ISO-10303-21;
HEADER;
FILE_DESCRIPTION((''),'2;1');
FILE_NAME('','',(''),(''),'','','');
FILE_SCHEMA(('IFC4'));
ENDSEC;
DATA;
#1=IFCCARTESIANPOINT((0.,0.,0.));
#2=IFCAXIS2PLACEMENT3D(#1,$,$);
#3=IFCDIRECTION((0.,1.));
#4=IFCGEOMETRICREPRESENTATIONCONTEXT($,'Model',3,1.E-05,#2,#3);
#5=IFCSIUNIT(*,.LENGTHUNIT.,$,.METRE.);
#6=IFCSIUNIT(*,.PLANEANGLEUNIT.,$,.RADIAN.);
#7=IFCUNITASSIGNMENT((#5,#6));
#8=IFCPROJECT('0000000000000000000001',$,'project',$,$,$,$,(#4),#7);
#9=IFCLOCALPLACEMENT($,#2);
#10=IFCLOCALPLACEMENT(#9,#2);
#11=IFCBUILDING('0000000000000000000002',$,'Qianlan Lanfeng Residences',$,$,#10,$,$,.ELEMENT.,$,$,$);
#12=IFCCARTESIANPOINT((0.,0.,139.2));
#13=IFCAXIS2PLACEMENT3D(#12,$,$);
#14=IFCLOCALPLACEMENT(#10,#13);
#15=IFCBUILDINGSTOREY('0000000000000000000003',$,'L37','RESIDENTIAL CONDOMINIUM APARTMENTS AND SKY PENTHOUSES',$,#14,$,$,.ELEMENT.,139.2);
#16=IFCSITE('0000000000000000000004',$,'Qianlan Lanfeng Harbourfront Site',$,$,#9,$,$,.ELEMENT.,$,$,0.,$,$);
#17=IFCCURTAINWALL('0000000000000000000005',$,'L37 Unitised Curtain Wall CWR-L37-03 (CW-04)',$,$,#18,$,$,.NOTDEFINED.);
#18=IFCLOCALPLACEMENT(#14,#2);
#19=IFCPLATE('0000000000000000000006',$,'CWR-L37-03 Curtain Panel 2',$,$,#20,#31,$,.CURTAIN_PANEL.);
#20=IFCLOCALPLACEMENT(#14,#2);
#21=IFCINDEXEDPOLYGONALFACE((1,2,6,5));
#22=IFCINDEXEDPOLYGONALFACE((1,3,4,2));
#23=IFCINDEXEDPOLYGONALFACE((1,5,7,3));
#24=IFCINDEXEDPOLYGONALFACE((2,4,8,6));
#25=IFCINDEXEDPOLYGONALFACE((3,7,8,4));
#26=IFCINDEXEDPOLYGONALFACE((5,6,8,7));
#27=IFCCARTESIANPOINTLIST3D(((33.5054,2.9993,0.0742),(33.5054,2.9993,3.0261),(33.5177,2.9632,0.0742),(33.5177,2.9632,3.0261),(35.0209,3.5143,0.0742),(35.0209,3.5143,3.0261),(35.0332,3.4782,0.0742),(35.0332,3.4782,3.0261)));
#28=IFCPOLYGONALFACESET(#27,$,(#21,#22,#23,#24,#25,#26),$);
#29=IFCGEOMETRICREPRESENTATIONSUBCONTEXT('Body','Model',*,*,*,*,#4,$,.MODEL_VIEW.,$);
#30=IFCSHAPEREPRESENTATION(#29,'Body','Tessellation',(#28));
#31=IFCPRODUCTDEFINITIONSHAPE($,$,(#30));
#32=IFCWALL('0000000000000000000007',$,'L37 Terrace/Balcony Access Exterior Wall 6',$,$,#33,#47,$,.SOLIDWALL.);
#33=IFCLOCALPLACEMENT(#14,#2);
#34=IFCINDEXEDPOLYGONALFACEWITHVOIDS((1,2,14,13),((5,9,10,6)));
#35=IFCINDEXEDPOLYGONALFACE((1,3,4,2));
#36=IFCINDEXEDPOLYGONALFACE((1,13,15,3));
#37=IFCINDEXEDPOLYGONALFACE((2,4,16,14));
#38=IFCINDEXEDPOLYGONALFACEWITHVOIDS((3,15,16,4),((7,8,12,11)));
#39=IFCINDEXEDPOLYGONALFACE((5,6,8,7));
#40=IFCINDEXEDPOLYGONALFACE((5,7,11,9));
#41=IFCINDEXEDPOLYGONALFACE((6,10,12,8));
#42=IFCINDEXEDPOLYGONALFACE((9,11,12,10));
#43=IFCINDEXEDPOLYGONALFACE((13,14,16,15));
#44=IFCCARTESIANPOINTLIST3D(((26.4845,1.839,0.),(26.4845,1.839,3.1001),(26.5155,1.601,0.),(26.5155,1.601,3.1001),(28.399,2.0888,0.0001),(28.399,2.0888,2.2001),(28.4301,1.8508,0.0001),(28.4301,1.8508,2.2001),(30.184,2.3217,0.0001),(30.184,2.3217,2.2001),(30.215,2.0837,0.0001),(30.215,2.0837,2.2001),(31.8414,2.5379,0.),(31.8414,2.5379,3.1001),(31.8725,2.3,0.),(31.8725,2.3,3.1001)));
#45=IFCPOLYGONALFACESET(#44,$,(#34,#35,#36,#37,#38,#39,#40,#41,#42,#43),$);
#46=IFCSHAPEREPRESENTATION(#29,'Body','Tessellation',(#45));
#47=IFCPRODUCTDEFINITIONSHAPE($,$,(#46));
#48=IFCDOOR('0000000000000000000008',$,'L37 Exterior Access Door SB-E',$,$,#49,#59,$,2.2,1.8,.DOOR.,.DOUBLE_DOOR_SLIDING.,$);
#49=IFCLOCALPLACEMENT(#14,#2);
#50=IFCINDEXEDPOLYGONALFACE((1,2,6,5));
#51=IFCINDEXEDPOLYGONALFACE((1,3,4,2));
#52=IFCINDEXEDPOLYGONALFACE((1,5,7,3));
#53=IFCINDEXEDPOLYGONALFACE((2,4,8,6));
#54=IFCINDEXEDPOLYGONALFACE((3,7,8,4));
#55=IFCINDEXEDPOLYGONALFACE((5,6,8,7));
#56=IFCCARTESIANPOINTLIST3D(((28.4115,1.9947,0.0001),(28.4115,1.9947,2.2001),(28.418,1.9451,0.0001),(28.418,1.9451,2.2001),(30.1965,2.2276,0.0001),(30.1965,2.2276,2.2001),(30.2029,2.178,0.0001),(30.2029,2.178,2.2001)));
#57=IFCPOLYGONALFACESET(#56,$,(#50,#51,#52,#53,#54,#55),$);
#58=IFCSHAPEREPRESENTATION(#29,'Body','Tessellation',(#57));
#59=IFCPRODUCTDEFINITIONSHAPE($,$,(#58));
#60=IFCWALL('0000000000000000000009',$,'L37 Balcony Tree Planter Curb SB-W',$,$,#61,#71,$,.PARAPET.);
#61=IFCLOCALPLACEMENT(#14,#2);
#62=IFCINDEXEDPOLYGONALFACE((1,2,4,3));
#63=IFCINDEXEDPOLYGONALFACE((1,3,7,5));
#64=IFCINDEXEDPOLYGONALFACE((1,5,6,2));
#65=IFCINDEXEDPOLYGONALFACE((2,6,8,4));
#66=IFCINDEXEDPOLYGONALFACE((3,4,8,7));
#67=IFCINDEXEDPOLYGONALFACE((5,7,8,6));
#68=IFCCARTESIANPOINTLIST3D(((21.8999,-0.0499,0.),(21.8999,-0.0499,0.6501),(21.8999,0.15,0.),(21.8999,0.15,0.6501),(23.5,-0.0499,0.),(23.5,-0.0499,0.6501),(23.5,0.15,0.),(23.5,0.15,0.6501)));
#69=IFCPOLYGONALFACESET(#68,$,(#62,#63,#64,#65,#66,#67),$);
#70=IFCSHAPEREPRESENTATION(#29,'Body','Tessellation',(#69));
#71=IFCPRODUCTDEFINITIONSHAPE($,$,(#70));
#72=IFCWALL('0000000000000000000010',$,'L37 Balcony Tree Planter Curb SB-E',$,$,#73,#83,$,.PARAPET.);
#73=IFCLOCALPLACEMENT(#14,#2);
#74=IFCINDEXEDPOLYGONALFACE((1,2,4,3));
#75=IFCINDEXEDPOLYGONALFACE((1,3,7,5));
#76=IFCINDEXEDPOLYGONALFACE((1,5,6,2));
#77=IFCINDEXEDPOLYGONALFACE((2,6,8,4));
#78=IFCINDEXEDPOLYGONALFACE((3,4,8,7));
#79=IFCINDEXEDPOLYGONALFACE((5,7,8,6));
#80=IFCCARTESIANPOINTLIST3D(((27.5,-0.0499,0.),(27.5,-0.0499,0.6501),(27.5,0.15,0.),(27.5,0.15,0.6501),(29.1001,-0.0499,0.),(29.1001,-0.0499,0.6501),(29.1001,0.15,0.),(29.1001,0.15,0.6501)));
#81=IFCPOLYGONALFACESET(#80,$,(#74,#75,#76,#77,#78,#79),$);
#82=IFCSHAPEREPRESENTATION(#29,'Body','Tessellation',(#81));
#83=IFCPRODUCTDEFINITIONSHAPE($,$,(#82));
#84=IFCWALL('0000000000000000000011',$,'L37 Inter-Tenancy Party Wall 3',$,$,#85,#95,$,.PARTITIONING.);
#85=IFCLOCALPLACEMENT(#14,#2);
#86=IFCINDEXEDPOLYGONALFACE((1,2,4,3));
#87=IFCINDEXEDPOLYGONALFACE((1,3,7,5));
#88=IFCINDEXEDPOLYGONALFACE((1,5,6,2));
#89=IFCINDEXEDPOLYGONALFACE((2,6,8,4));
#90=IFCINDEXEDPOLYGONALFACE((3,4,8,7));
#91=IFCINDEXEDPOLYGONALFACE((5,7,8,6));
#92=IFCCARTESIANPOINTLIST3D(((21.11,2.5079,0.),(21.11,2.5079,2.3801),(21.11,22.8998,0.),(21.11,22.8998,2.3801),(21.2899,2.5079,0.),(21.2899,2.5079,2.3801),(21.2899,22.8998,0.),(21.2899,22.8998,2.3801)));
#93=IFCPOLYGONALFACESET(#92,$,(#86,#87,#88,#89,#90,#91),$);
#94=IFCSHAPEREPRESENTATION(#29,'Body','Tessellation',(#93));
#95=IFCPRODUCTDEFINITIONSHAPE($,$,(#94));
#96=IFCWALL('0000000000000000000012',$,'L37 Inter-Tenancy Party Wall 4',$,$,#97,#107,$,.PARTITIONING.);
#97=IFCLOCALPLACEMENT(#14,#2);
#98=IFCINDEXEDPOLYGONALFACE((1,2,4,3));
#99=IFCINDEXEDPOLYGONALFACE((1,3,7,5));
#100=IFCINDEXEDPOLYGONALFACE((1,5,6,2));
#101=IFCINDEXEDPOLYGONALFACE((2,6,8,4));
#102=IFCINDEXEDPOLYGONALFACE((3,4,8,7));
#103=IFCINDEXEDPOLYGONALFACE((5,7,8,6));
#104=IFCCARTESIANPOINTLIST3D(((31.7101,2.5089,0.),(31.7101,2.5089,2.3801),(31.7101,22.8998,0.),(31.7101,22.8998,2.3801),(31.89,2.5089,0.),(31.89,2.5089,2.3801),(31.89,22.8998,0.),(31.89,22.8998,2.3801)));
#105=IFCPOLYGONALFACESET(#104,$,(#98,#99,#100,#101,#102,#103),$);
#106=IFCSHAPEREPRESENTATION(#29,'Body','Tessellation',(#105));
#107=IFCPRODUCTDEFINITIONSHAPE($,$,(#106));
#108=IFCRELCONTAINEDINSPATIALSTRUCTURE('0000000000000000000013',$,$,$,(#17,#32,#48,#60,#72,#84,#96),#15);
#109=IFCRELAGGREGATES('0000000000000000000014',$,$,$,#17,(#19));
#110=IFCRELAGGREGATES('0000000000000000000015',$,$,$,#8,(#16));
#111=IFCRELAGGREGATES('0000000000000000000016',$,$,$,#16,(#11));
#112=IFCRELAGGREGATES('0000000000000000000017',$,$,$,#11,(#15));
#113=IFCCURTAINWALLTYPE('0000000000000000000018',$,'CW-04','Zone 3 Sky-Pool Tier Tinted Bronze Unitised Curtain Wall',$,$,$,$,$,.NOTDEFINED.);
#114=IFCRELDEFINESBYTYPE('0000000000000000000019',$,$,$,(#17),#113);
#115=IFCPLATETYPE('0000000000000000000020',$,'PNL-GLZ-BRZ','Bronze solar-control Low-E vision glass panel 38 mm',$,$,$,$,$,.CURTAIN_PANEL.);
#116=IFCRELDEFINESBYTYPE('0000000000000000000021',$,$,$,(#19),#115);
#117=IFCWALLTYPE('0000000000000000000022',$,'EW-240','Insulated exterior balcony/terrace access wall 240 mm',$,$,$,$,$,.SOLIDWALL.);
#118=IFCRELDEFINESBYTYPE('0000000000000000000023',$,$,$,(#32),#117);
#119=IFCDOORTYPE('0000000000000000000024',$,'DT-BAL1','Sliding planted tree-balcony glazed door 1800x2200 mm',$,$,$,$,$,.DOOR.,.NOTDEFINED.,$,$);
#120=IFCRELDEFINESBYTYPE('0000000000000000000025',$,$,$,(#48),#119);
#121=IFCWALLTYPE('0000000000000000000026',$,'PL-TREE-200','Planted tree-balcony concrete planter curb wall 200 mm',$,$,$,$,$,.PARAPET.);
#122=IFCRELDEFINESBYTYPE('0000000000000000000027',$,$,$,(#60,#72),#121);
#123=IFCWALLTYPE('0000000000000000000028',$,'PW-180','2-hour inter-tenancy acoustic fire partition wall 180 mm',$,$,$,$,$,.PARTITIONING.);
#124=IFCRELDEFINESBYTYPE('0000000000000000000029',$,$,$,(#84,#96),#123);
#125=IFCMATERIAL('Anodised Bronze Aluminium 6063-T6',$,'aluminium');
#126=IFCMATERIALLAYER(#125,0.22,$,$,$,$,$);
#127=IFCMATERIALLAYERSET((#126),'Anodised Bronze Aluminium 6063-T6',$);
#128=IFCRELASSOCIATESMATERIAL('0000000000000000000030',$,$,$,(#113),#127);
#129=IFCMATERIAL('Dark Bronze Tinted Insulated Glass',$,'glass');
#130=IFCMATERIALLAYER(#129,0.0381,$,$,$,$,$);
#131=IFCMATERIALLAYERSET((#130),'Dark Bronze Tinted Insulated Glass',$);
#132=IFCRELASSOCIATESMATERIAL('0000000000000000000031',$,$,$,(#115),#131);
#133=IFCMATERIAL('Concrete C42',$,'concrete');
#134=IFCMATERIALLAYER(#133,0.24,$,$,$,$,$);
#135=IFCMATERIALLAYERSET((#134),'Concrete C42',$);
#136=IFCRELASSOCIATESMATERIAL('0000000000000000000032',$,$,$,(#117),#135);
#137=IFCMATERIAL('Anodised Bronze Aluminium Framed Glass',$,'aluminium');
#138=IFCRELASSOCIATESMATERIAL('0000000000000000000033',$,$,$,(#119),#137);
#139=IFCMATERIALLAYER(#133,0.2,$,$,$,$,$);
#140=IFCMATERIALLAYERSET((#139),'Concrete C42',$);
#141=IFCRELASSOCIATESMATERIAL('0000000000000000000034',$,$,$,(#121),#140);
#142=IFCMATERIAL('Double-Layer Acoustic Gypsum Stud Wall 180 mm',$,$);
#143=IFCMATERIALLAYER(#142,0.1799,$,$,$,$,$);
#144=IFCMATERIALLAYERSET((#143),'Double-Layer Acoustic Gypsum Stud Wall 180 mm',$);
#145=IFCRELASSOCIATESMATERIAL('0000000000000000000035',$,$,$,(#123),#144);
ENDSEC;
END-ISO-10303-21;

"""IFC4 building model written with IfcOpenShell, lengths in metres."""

from ifc_helpers import new_model, si_unit, direction, frame, frame_2d, origin, origin_2d, place, context, subcontext, project, spatial, rectangle, extrude, source, transform, mapped, material, layer, layer_set, type_object, element, fill, aggregate, save


model = new_model("IFC4")

# Units and contexts
model_context = context("Model", 3, precision=1e-05, world=origin(), true_north=direction((0.0, 1.0)))
body_context = subcontext(model_context, "Body", "Model", "MODEL_VIEW")
ifc_project = project(units=[si_unit("LENGTHUNIT", "METRE"), si_unit("PLANEANGLEUNIT", "RADIAN")], contexts=[model_context])

# Site, building, storey
site_placement = place(None, origin())
site = spatial("IfcSite", under=ifc_project, at=site_placement, Name="Qianlan Lanfeng Harbourfront Site", CompositionType="ELEMENT", RefElevation=0.0)
building_placement = place(site_placement, origin())
building = spatial("IfcBuilding", under=site, at=building_placement, Name="Qianlan Lanfeng Residences", CompositionType="ELEMENT")
storey_placement = place(building_placement, frame((0.0, 0.0, 139.2)))
storey = spatial("IfcBuildingStorey", under=building, at=storey_placement, Name="L37", Description="RESIDENTIAL CONDOMINIUM APARTMENTS AND SKY PENTHOUSES", CompositionType="ELEMENT", Elevation=139.2)

# Curtain wall, plate
ifc_material_1 = material(Name="Anodised Bronze Aluminium 6063-T6", Category="aluminium")
ifc_layer_1 = layer(ifc_material_1, 0.22)
ifc_layer_set_1 = layer_set([ifc_layer_1], Name="Anodised Bronze Aluminium 6063-T6")
curtain_wall_type = type_object("IfcCurtainWallType", Name="CW-04", Description="Zone 3 Sky-Pool Tier Tinted Bronze Unitised Curtain Wall", PredefinedType="NOTDEFINED", material=ifc_layer_set_1)
curtain_wall_placement = place(storey_placement, origin())
curtain_wall = element("IfcCurtainWall", 1, at=curtain_wall_placement, inside=storey, type_object=curtain_wall_type, Name="L37 Unitised Curtain Wall CWR-L37-03 (CW-04)", PredefinedType="NOTDEFINED")
ifc_material_2 = material(Name="Dark Bronze Tinted Insulated Glass", Category="glass")
ifc_layer_2 = layer(ifc_material_2, 0.0381)
ifc_layer_set_2 = layer_set([ifc_layer_2], Name="Dark Bronze Tinted Insulated Glass")
plate_type = type_object("IfcPlateType", Name="PNL-GLZ-BRZ", Description="Bronze solar-control Low-E vision glass panel 38 mm", PredefinedType="CURTAIN_PANEL", material=ifc_layer_set_2)
shared_shape_1 = source(origin(), body_context, "Body", "SweptSolid", [
    extrude(rectangle(XDim=1.6006, YDim=0.0381, at=origin_2d()), origin(), (0.0, 0.0, 1.0), 2.9519),
])
plate_1_placement = place(storey_placement, frame((34.2693, 3.2388, 0.0742), z_axis=(0.0, 0.0, 1.0), x_axis=(0.946826, 0.321745, 0.0)))
plate_1 = element("IfcPlate", 2, at=plate_1_placement, type_object=plate_type, Name="CWR-L37-03 Curtain Panel 2", PredefinedType="CURTAIN_PANEL", context=body_context, shape_type="MappedRepresentation", body=[
    mapped(shared_shape_1, transform((0.0, 0.0, 0.0), scale=1.0)),
])
aggregate(curtain_wall, [plate_1])

# Wall, opening, door
ifc_material_3 = material(Name="Concrete C42", Category="concrete")
ifc_layer_3 = layer(ifc_material_3, 0.24)
ifc_layer_set_3 = layer_set([ifc_layer_3], Name="Concrete C42")
wall_type_1 = type_object("IfcWallType", Name="EW-240", Description="Insulated exterior balcony/terrace access wall 240 mm", PredefinedType="SOLIDWALL", material=ifc_layer_set_3)
wall_1_placement = place(storey_placement, frame((26.5, 1.72, 0.0), z_axis=(0.0, 0.0, 1.0), x_axis=(0.991595, 0.129384, 0.0)))
wall_1 = element("IfcWall", 3, at=wall_1_placement, inside=storey, type_object=wall_type_1, Name="L37 Terrace/Balcony Access Exterior Wall 6", PredefinedType="SOLIDWALL", context=body_context, shape_type="SweptSolid", body=[
    extrude(rectangle(XDim=5.4023, YDim=0.24, at=frame_2d((2.7012, 0.0))), origin(), (0.0, 0.0, 1.0), 3.1001),
])
opening_placement = place(wall_1_placement, frame((1.9309, 0.0, 0.0)))
opening = element("IfcOpeningElement", 4, at=opening_placement, cuts=wall_1, PredefinedType="OPENING", context=body_context, shape_type="SweptSolid", body=[
    extrude(rectangle(XDim=1.8, YDim=2.2, at=frame_2d((0.8999, 1.1001))), frame((0.0, 0.1299, 0.0), z_axis=(0.0, -1.0, 0.0), x_axis=(1.0, 0.0, 0.0)), (0.0, 0.0, 1.0), 0.26),
])
ifc_material_4 = material(Name="Anodised Bronze Aluminium Framed Glass", Category="aluminium")
door_type = type_object("IfcDoorType", Name="DT-BAL1", Description="Sliding planted tree-balcony glazed door 1800x2200 mm", OperationType="NOTDEFINED", PredefinedType="DOOR", material=ifc_material_4)
door_placement = place(opening_placement, frame((1.8, 0.0, 0.0), z_axis=(0.0, 0.0, 1.0), x_axis=(-1.0, 0.0, 0.0)))
door = element("IfcDoor", 5, at=door_placement, inside=storey, type_object=door_type, Name="L37 Exterior Access Door SB-E", OperationType="DOUBLE_DOOR_SLIDING", OverallHeight=2.2, OverallWidth=1.8, PredefinedType="DOOR", context=body_context, shape_type="SweptSolid", body=[
    extrude(rectangle(XDim=1.8, YDim=2.2, at=frame_2d((0.8999, 1.1001))), frame((0.0, 0.0249, 0.0), z_axis=(0.0, -1.0, 0.0), x_axis=(1.0, 0.0, 0.0)), (0.0, 0.0, 1.0), 0.05),
])
fill(opening, door)

# Walls
ifc_layer_4 = layer(ifc_material_3, 0.2)
ifc_layer_set_4 = layer_set([ifc_layer_4], Name="Concrete C42")
wall_type_2 = type_object("IfcWallType", Name="PL-TREE-200", Description="Planted tree-balcony concrete planter curb wall 200 mm", PredefinedType="PARAPET", material=ifc_layer_set_4)
for number, where, z_axis, x_axis, name in (
    (6, (21.8999, 0.05, 0.0), (0.0, 0.0, 1.0), (1.0, 0.0, 0.0), "L37 Balcony Tree Planter Curb SB-W"),
    (7, (27.5, 0.05, 0.0), (0.0, 0.0, 1.0), (1.0, 0.0, 0.0), "L37 Balcony Tree Planter Curb SB-E"),
):
    element("IfcWall", number, at=place(storey_placement, frame(where, z_axis=z_axis, x_axis=x_axis)), inside=storey, type_object=wall_type_2, Name=name, PredefinedType="PARAPET", context=body_context, shape_type="SweptSolid", body=[
        extrude(rectangle(XDim=1.6001, YDim=0.2, at=frame_2d((0.8, 0.0))), origin(), (0.0, 0.0, 1.0), 0.6501),
    ])
ifc_material_5 = material(Name="Double-Layer Acoustic Gypsum Stud Wall 180 mm")
ifc_layer_5 = layer(ifc_material_5, 0.1799)
ifc_layer_set_5 = layer_set([ifc_layer_5], Name="Double-Layer Acoustic Gypsum Stud Wall 180 mm")
wall_type_3 = type_object("IfcWallType", Name="PW-180", Description="2-hour inter-tenancy acoustic fire partition wall 180 mm", PredefinedType="PARTITIONING", material=ifc_layer_set_5)
wall_2_placement = place(storey_placement, frame((21.2, 2.5081, 0.0), z_axis=(0.0, 0.0, 1.0), x_axis=(0.0, 1.0, 0.0)))
element("IfcWall", 8, at=wall_2_placement, inside=storey, type_object=wall_type_3, Name="L37 Inter-Tenancy Party Wall 3", PredefinedType="PARTITIONING", context=body_context, shape_type="SweptSolid", body=[
    extrude(rectangle(XDim=20.3918, YDim=0.1799, at=frame_2d((10.1958, 0.0))), origin(), (0.0, 0.0, 1.0), 2.3801),
])
wall_3_placement = place(storey_placement, frame((31.8, 2.509, 0.0), z_axis=(0.0, 0.0, 1.0), x_axis=(0.0, 1.0, 0.0)))
element("IfcWall", 9, at=wall_3_placement, inside=storey, type_object=wall_type_3, Name="L37 Inter-Tenancy Party Wall 4", PredefinedType="PARTITIONING", context=body_context, shape_type="SweptSolid", body=[
    extrude(rectangle(XDim=20.3909, YDim=0.1799, at=frame_2d((10.1953, 0.0))), origin(), (0.0, 0.0, 1.0), 2.3801),
])

save(model, "model.ifc")
